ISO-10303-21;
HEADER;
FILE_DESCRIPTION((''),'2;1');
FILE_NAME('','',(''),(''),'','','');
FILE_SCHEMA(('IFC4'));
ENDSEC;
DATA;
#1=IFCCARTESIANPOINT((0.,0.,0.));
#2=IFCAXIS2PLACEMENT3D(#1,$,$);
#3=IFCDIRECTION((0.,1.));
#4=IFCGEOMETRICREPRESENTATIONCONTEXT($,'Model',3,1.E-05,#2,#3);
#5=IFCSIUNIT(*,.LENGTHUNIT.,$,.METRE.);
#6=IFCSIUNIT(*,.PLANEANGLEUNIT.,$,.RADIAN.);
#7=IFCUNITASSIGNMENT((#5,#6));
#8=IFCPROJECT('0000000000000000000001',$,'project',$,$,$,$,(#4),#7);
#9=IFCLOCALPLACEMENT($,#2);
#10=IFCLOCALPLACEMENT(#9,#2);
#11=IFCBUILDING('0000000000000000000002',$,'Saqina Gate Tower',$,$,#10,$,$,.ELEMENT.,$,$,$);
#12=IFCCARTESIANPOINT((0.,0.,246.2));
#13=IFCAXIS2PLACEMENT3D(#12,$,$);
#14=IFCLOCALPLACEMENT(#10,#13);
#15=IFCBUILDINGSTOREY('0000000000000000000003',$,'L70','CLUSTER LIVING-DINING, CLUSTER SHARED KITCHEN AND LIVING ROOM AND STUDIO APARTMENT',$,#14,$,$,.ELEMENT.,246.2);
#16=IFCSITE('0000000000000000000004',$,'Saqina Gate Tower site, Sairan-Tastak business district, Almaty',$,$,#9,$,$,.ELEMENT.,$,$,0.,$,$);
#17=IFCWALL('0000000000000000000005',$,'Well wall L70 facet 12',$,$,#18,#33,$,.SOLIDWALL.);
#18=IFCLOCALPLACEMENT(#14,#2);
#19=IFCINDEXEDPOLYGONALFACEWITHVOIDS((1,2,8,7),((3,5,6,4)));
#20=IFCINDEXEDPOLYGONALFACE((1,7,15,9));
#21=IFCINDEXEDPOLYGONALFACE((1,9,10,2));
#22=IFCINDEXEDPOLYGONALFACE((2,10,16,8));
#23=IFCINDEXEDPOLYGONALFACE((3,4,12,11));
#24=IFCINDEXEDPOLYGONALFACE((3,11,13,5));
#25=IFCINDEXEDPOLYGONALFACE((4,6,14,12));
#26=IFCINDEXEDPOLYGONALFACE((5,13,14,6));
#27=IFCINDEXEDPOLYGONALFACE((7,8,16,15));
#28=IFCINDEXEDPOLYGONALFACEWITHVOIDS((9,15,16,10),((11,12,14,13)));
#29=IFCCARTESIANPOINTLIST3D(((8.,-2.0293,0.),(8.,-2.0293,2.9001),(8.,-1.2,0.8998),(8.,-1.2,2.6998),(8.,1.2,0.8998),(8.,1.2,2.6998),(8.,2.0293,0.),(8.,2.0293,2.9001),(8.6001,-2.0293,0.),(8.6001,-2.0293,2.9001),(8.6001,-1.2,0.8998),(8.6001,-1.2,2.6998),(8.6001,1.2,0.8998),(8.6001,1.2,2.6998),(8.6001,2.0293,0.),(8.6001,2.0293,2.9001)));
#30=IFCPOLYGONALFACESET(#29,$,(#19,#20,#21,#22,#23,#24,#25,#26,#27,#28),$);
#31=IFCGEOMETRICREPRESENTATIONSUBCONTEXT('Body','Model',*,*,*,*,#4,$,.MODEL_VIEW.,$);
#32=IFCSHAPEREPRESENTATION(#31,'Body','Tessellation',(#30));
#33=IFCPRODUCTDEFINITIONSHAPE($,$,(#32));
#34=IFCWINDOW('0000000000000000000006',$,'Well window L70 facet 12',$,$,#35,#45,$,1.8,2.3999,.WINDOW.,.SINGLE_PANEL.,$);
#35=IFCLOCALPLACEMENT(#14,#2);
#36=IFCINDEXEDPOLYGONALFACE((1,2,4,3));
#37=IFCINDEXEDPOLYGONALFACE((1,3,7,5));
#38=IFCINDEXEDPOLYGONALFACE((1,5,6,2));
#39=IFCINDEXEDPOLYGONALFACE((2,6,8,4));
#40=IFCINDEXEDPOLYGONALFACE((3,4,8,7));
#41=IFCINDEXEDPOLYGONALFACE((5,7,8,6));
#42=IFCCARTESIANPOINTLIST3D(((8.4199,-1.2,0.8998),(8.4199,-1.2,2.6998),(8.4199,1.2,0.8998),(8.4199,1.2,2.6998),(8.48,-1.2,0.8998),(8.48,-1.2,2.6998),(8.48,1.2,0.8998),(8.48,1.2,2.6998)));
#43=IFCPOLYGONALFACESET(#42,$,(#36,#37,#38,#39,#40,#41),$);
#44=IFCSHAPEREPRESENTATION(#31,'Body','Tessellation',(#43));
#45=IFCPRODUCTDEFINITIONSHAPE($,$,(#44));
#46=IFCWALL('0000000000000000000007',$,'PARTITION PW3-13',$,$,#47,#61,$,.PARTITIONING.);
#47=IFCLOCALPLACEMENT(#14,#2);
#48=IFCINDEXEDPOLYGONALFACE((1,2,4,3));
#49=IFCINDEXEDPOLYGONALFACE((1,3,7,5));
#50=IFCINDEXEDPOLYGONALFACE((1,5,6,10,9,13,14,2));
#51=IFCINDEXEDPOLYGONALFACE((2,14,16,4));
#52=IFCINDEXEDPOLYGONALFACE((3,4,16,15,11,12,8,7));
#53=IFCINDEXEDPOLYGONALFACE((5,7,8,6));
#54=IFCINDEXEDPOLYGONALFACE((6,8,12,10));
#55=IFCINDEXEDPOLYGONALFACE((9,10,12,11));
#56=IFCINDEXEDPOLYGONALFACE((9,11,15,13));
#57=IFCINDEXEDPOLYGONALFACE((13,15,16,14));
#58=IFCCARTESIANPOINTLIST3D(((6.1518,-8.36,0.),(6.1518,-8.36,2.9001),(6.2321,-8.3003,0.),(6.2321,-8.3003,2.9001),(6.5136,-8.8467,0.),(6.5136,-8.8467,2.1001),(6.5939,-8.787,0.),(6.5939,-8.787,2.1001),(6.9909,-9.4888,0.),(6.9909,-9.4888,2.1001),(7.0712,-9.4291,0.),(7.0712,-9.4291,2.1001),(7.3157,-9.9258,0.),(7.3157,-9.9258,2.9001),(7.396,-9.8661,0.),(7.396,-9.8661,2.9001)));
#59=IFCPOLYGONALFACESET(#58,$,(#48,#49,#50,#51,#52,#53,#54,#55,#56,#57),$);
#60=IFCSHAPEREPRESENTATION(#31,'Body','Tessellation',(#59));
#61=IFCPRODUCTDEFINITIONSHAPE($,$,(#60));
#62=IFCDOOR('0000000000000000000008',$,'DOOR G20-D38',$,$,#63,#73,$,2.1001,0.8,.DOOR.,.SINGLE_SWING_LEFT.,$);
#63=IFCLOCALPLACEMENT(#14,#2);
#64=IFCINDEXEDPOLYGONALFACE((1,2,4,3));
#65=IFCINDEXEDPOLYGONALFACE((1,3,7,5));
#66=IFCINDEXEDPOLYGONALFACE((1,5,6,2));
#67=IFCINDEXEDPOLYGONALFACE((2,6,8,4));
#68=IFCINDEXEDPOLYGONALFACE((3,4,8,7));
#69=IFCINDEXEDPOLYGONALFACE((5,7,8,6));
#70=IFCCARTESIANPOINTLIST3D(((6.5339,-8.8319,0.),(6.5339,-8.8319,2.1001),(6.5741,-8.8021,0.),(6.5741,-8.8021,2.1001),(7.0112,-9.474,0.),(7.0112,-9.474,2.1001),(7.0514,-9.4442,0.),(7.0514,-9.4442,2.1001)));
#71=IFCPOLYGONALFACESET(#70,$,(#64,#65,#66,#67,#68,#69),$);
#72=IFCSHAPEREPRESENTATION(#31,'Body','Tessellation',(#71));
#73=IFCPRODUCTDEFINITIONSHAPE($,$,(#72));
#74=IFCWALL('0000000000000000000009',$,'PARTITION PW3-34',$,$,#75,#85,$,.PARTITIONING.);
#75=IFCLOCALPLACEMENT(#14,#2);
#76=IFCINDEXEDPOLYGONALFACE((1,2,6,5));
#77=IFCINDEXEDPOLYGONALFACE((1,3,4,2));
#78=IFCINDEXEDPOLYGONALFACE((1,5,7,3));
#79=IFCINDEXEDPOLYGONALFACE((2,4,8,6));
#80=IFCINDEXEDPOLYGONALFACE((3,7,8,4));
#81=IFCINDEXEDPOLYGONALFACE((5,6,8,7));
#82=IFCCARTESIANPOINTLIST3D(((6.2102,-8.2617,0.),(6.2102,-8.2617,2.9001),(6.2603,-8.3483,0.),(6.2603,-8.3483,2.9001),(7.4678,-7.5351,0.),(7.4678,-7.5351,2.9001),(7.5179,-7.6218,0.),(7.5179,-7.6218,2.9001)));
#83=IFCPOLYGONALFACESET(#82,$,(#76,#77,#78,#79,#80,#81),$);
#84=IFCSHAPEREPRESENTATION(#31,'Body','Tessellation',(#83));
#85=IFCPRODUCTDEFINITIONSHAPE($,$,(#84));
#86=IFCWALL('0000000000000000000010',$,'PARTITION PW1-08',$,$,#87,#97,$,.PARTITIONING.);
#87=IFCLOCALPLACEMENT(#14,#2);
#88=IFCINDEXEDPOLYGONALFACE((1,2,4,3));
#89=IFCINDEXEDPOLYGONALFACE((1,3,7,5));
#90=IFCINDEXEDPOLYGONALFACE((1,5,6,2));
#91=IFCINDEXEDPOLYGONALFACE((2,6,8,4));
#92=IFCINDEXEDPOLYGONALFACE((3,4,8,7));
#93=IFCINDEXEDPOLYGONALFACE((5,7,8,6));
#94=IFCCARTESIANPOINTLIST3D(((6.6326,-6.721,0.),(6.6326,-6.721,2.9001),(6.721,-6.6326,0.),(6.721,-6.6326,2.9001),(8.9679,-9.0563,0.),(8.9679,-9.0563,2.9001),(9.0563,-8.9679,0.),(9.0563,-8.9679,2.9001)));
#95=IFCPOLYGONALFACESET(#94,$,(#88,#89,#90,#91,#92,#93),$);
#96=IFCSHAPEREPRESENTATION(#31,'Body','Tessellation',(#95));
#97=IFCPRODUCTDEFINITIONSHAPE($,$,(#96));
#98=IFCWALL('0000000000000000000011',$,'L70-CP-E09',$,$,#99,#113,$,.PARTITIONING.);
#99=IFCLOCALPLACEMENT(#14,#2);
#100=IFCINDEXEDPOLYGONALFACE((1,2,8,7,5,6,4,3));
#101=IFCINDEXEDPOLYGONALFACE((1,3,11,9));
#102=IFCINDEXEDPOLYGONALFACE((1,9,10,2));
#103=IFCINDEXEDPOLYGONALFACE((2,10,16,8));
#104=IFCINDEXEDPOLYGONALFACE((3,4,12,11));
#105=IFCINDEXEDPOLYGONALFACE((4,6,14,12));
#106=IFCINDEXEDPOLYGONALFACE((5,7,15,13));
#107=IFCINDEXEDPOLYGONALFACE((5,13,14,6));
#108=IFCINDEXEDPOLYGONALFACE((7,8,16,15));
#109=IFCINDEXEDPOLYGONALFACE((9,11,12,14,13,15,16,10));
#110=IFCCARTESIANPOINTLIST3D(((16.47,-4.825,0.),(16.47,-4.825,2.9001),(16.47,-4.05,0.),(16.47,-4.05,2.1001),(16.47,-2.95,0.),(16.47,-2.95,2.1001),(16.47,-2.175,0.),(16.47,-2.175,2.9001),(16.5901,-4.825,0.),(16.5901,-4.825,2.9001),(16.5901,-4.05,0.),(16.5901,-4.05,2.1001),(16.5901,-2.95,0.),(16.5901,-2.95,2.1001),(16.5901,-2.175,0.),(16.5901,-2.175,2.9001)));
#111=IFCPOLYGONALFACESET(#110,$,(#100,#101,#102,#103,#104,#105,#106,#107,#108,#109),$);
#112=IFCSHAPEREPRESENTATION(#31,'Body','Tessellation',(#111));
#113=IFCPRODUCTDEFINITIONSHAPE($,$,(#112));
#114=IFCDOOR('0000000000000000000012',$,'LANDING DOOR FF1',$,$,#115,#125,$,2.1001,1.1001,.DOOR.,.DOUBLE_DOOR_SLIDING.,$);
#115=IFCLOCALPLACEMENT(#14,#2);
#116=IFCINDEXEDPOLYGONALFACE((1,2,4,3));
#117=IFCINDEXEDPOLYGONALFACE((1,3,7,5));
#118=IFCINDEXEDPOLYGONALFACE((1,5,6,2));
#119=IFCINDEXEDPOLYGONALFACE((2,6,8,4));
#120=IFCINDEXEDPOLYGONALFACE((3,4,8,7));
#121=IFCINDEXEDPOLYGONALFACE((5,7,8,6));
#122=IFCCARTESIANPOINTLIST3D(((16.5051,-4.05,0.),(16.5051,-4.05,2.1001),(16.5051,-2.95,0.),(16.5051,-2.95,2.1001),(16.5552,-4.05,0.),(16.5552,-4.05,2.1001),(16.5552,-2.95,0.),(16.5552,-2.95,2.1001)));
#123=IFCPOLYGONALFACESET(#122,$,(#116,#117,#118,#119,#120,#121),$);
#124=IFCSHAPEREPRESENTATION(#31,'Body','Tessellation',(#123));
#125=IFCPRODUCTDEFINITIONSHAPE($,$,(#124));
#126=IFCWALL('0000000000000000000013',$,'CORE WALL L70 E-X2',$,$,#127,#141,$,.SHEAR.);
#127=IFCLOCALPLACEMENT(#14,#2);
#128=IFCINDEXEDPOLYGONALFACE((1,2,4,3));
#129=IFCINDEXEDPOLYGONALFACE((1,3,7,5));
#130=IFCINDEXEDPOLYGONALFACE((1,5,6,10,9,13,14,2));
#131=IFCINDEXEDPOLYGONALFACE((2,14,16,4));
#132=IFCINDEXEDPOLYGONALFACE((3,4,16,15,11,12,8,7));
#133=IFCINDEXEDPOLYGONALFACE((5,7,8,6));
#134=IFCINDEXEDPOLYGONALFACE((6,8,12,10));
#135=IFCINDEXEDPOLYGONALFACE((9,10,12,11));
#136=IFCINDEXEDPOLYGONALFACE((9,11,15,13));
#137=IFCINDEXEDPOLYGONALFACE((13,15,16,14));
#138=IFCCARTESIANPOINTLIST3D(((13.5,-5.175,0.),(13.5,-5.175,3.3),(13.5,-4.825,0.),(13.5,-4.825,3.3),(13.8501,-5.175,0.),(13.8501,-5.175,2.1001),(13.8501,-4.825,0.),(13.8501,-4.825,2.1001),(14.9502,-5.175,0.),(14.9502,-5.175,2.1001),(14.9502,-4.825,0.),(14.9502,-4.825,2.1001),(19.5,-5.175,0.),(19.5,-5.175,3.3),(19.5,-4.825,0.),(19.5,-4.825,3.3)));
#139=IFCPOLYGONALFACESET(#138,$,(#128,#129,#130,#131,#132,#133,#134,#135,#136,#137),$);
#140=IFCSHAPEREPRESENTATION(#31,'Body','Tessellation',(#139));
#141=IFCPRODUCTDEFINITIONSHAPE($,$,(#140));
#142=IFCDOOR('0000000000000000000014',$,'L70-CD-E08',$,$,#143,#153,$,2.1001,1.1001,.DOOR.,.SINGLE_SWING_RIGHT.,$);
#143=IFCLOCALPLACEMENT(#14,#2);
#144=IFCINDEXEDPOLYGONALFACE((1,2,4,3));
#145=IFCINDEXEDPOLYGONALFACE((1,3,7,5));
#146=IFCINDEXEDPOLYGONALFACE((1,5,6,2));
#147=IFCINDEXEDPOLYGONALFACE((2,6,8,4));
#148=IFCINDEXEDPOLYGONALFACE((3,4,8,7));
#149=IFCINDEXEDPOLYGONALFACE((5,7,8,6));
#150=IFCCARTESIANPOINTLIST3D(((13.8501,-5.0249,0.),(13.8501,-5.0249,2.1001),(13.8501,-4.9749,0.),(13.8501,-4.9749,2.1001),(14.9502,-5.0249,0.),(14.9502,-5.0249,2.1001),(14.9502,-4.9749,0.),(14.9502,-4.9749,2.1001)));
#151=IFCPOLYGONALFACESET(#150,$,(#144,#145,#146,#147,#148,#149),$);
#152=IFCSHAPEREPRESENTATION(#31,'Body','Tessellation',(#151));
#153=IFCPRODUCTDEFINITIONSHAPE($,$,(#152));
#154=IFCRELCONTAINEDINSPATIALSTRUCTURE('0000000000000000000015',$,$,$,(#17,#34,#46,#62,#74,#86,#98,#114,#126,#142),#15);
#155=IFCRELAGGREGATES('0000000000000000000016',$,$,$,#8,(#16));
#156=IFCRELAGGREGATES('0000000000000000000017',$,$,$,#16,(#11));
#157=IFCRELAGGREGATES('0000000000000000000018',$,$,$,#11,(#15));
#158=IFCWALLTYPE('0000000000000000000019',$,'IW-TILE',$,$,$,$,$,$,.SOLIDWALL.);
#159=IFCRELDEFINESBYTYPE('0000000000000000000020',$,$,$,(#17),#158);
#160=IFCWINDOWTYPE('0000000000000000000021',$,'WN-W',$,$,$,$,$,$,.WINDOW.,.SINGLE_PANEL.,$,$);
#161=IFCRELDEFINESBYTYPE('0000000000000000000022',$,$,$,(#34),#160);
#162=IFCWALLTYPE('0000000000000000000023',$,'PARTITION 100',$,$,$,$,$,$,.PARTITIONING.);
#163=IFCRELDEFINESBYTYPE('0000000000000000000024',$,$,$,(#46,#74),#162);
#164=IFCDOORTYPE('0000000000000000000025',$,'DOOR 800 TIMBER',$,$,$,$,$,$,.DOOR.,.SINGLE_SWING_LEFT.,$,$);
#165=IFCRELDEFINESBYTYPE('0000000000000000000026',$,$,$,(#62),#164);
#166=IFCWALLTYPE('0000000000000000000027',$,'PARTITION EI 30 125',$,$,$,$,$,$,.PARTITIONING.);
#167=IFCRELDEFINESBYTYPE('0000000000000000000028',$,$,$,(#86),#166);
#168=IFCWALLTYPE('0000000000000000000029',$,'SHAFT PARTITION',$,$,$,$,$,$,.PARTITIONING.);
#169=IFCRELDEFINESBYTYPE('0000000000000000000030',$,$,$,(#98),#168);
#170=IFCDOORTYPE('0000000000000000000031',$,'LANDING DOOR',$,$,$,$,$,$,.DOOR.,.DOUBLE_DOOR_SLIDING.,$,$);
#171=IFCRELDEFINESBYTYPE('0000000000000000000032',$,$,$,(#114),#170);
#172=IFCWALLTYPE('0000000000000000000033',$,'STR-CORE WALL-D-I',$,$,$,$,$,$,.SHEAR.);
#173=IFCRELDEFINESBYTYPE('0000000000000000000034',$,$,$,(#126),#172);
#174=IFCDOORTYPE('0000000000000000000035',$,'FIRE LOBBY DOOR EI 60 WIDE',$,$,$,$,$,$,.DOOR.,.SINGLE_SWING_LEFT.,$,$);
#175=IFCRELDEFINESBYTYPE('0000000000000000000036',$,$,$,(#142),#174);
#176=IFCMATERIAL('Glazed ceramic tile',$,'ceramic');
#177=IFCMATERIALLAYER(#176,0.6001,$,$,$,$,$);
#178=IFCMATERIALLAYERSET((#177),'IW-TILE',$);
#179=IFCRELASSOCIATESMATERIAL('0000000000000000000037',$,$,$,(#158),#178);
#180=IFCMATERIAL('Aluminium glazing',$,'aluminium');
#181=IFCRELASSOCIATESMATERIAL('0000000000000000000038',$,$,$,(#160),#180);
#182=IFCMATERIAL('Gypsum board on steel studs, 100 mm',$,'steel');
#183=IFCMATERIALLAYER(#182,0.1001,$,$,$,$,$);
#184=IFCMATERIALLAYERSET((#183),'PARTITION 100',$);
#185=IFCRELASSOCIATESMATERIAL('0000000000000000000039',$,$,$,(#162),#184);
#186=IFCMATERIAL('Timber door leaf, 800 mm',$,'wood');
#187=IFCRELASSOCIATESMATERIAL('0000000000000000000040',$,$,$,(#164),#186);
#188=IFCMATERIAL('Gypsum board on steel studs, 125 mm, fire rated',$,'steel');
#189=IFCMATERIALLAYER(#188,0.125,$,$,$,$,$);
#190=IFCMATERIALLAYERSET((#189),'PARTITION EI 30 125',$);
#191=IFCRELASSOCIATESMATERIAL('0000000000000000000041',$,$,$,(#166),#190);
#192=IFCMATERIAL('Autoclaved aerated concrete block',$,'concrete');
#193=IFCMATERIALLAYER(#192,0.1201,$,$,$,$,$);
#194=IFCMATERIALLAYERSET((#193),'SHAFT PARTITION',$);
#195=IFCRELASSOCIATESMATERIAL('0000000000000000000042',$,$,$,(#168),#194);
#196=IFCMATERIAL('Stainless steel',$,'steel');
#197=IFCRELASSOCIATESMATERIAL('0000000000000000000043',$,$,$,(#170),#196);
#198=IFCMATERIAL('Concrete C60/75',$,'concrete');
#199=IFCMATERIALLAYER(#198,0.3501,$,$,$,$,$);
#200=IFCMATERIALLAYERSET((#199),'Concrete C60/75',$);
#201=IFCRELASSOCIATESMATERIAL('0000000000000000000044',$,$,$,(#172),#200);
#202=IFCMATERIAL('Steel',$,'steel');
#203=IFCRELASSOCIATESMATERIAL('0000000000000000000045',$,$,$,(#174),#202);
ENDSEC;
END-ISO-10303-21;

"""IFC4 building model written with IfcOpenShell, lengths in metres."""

from ifc_helpers import new_model, si_unit, direction, frame, frame_2d, origin, place, context, subcontext, project, spatial, rectangle, extrude, material, layer, layer_set, type_object, element, fill, save


model = new_model("IFC4")

# Units and contexts
model_context = context("Model", 3, precision=1e-05, world=origin(), true_north=direction((0.0, 1.0)))
body_context = subcontext(model_context, "Body", "Model", "MODEL_VIEW")
ifc_project = project(units=[si_unit("LENGTHUNIT", "METRE"), si_unit("PLANEANGLEUNIT", "RADIAN")], contexts=[model_context])

# Site, building, storey
site_placement = place(None, origin())
site = spatial("IfcSite", under=ifc_project, at=site_placement, Name="Saqina Gate Tower site, Sairan-Tastak business district, Almaty", CompositionType="ELEMENT", RefElevation=0.0)
building_placement = place(site_placement, origin())
building = spatial("IfcBuilding", under=site, at=building_placement, Name="Saqina Gate Tower", CompositionType="ELEMENT")
storey_placement = place(building_placement, frame((0.0, 0.0, 246.2)))
storey = spatial("IfcBuildingStorey", under=building, at=storey_placement, Name="L70", Description="CLUSTER LIVING-DINING, CLUSTER SHARED KITCHEN AND LIVING ROOM AND STUDIO APARTMENT", CompositionType="ELEMENT", Elevation=246.2)

# Wall, opening, window
ifc_material_1 = material(Name="Glazed ceramic tile", Category="ceramic")
ifc_layer_1 = layer(ifc_material_1, 0.6001)
ifc_layer_set_1 = layer_set([ifc_layer_1], Name="IW-TILE")
wall_type_1 = type_object("IfcWallType", Name="IW-TILE", PredefinedType="SOLIDWALL", material=ifc_layer_set_1)
ifc_material_2 = material(Name="Aluminium glazing", Category="aluminium")
window_type = type_object("IfcWindowType", Name="WN-W", PartitioningType="SINGLE_PANEL", PredefinedType="WINDOW", material=ifc_material_2)
wall_1_placement = place(storey_placement, frame((8.3, -2.0293, 0.0), z_axis=(0.0, 0.0, 1.0), x_axis=(0.0, 1.0, 0.0)))
wall_1 = element("IfcWall", 1, at=wall_1_placement, inside=storey, type_object=wall_type_1, Name="Well wall L70 facet 12", PredefinedType="SOLIDWALL", context=body_context, shape_type="SweptSolid", body=[
    extrude(rectangle(XDim=4.0586, YDim=0.6001, at=frame_2d((2.0293, 0.0))), origin(), (0.0, 0.0, 1.0), 2.9001),
])
opening_1_placement = place(wall_1_placement, frame((0.8293, 0.0, 0.8999)))
opening_1 = element("IfcOpeningElement", 2, at=opening_1_placement, cuts=wall_1, PredefinedType="OPENING", context=body_context, shape_type="SweptSolid", body=[
    extrude(rectangle(XDim=2.3999, YDim=1.8, at=frame_2d((1.2, 0.8999))), frame((0.0, 0.312, 0.0), z_axis=(0.0, -1.0, 0.0), x_axis=(1.0, 0.0, 0.0)), (0.0, 0.0, 1.0), 0.624),
])
window_1_placement = place(opening_1_placement, origin())
window_1 = element("IfcWindow", 3, at=window_1_placement, inside=storey, type_object=window_type, Name="Well window L70 facet 12", OverallHeight=1.8, OverallWidth=2.3999, PartitioningType="SINGLE_PANEL", PredefinedType="WINDOW", context=body_context, shape_type="SweptSolid", body=[
    extrude(rectangle(XDim=2.3999, YDim=1.8, at=frame_2d((1.2, 0.8999))), frame((0.0, -0.1199, 0.0), z_axis=(0.0, -1.0, 0.0), x_axis=(1.0, 0.0, 0.0)), (0.0, 0.0, 1.0), 0.0601),
])
fill(opening_1, window_1)

# Wall, opening, door
ifc_material_3 = material(Name="Gypsum board on steel studs, 100 mm", Category="steel")
ifc_layer_2 = layer(ifc_material_3, 0.1001)
ifc_layer_set_2 = layer_set([ifc_layer_2], Name="PARTITION 100")
wall_type_2 = type_object("IfcWallType", Name="PARTITION 100", PredefinedType="PARTITIONING", material=ifc_layer_set_2)
wall_2_placement = place(storey_placement, frame((6.1919, -8.3301, 0.0), z_axis=(0.0, 0.0, 1.0), x_axis=(0.596571, -0.802561, 0.0)))
wall_2 = element("IfcWall", 4, at=wall_2_placement, inside=storey, type_object=wall_type_2, Name="PARTITION PW3-13", PredefinedType="PARTITIONING", context=body_context, shape_type="SweptSolid", body=[
    extrude(rectangle(XDim=1.9509, YDim=0.1001, at=frame_2d((0.9756, 0.0))), origin(), (0.0, 0.0, 1.0), 2.9001),
])
opening_2_placement = place(wall_2_placement, frame((0.6067, 0.0, 0.0)))
opening_2 = element("IfcOpeningElement", 5, at=opening_2_placement, cuts=wall_2, PredefinedType="OPENING", context=body_context, shape_type="SweptSolid", body=[
    extrude(rectangle(XDim=0.8, YDim=2.1001, at=frame_2d((0.3999, 1.05))), frame((0.0, 0.062, 0.0), z_axis=(0.0, -1.0, 0.0), x_axis=(1.0, 0.0, 0.0)), (0.0, 0.0, 1.0), 0.124),
])
ifc_material_4 = material(Name="Timber door leaf, 800 mm", Category="wood")
door_type_1 = type_object("IfcDoorType", Name="DOOR 800 TIMBER", OperationType="SINGLE_SWING_LEFT", PredefinedType="DOOR", material=ifc_material_4)
door_1_placement = place(opening_2_placement, frame((0.8, 0.0, 0.0), z_axis=(0.0, 0.0, 1.0), x_axis=(-1.0, 0.0, 0.0)))
door_1 = element("IfcDoor", 6, at=door_1_placement, inside=storey, type_object=door_type_1, Name="DOOR G20-D38", OperationType="SINGLE_SWING_LEFT", OverallHeight=2.1001, OverallWidth=0.8, PredefinedType="DOOR", context=body_context, shape_type="SweptSolid", body=[
    extrude(rectangle(XDim=0.8, YDim=2.1001, at=frame_2d((0.3999, 1.05))), frame((0.0, 0.0249, 0.0), z_axis=(0.0, -1.0, 0.0), x_axis=(1.0, 0.0, 0.0)), (0.0, 0.0, 1.0), 0.05),
])
fill(opening_2, door_1)

# Walls
wall_3_placement = place(storey_placement, frame((6.2354, -8.3049, 0.0), z_axis=(0.0, 0.0, 1.0), x_axis=(0.865875, 0.500261, 0.0)))
element("IfcWall", 7, at=wall_3_placement, inside=storey, type_object=wall_type_2, Name="PARTITION PW3-34", PredefinedType="PARTITIONING", context=body_context, shape_type="SweptSolid", body=[
    extrude(rectangle(XDim=1.4524, YDim=0.1001, at=frame_2d((0.7261, 0.0))), origin(), (0.0, 0.0, 1.0), 2.9001),
])
ifc_material_5 = material(Name="Gypsum board on steel studs, 125 mm, fire rated", Category="steel")
ifc_layer_3 = layer(ifc_material_5, 0.125)
ifc_layer_set_3 = layer_set([ifc_layer_3], Name="PARTITION EI 30 125")
wall_type_3 = type_object("IfcWallType", Name="PARTITION EI 30 125", PredefinedType="PARTITIONING", material=ifc_layer_set_3)
wall_4_placement = place(storey_placement, frame((6.6768, -6.6768, 0.0), z_axis=(0.0, 0.0, 1.0), x_axis=(0.707107, -0.707107, 0.0)))
element("IfcWall", 8, at=wall_4_placement, inside=storey, type_object=wall_type_3, Name="PARTITION PW1-08", PredefinedType="PARTITIONING", context=body_context, shape_type="SweptSolid", body=[
    extrude(rectangle(XDim=3.3025, YDim=0.125, at=frame_2d((1.6514, 0.0))), origin(), (0.0, 0.0, 1.0), 2.9001),
])

# Walls, openings, doors
ifc_material_6 = material(Name="Autoclaved aerated concrete block", Category="concrete")
ifc_layer_4 = layer(ifc_material_6, 0.1201)
ifc_layer_set_4 = layer_set([ifc_layer_4], Name="SHAFT PARTITION")
wall_type_4 = type_object("IfcWallType", Name="SHAFT PARTITION", PredefinedType="PARTITIONING", material=ifc_layer_set_4)
wall_5_placement = place(storey_placement, frame((16.53, -4.825, 0.0), z_axis=(0.0, 0.0, 1.0), x_axis=(0.0, 1.0, 0.0)))
wall_5 = element("IfcWall", 9, at=wall_5_placement, inside=storey, type_object=wall_type_4, Name="L70-CP-E09", PredefinedType="PARTITIONING", context=body_context, shape_type="SweptSolid", body=[
    extrude(rectangle(XDim=2.6499, YDim=0.1201, at=frame_2d((1.325, 0.0))), origin(), (0.0, 0.0, 1.0), 2.9001),
])
opening_3_placement = place(wall_5_placement, frame((0.7749, 0.0, 0.0)))
opening_3 = element("IfcOpeningElement", 10, at=opening_3_placement, cuts=wall_5, PredefinedType="OPENING", context=body_context, shape_type="SweptSolid", body=[
    extrude(rectangle(XDim=1.1001, YDim=2.1001, at=frame_2d((0.55, 1.05))), frame((0.0, 0.072, 0.0), z_axis=(0.0, -1.0, 0.0), x_axis=(1.0, 0.0, 0.0)), (0.0, 0.0, 1.0), 0.144),
])
ifc_material_7 = material(Name="Stainless steel", Category="steel")
door_type_2 = type_object("IfcDoorType", Name="LANDING DOOR", OperationType="DOUBLE_DOOR_SLIDING", PredefinedType="DOOR", material=ifc_material_7)
door_2_placement = place(opening_3_placement, origin())
door_2 = element("IfcDoor", 11, at=door_2_placement, inside=storey, type_object=door_type_2, Name="LANDING DOOR FF1", OperationType="DOUBLE_DOOR_SLIDING", OverallHeight=2.1001, OverallWidth=1.1001, PredefinedType="DOOR", context=body_context, shape_type="SweptSolid", body=[
    extrude(rectangle(XDim=1.1001, YDim=2.1001, at=frame_2d((0.55, 1.05))), frame((0.0, 0.0249, 0.0), z_axis=(0.0, -1.0, 0.0), x_axis=(1.0, 0.0, 0.0)), (0.0, 0.0, 1.0), 0.05),
])
fill(opening_3, door_2)
ifc_material_8 = material(Name="Concrete C60/75", Category="concrete")
ifc_layer_5 = layer(ifc_material_8, 0.3501)
ifc_layer_set_5 = layer_set([ifc_layer_5], Name="Concrete C60/75")
wall_type_5 = type_object("IfcWallType", Name="STR-CORE WALL-D-I", PredefinedType="SHEAR", material=ifc_layer_set_5)
wall_6_placement = place(storey_placement, frame((13.5, -5.0, 0.0), z_axis=(0.0, 0.0, 1.0), x_axis=(1.0, 0.0, 0.0)))
wall_6 = element("IfcWall", 12, at=wall_6_placement, inside=storey, type_object=wall_type_5, Name="CORE WALL L70 E-X2", PredefinedType="SHEAR", context=body_context, shape_type="SweptSolid", body=[
    extrude(rectangle(XDim=6.0, YDim=0.3501, at=frame_2d((3.0, 0.0))), origin(), (0.0, 0.0, 1.0), 3.3),
])
opening_4_placement = place(wall_6_placement, frame((0.3501, 0.0, 0.0)))
opening_4 = element("IfcOpeningElement", 13, at=opening_4_placement, cuts=wall_6, PredefinedType="OPENING", context=body_context, shape_type="SweptSolid", body=[
    extrude(rectangle(XDim=1.1001, YDim=2.1001, at=frame_2d((0.55, 1.05))), frame((0.0, 0.187, 0.0), z_axis=(0.0, -1.0, 0.0), x_axis=(1.0, 0.0, 0.0)), (0.0, 0.0, 1.0), 0.374),
])
ifc_material_9 = material(Name="Steel", Category="steel")
door_type_3 = type_object("IfcDoorType", Name="FIRE LOBBY DOOR EI 60 WIDE", OperationType="SINGLE_SWING_LEFT", PredefinedType="DOOR", material=ifc_material_9)
door_3_placement = place(opening_4_placement, frame((1.1001, 0.0, 0.0), z_axis=(0.0, 0.0, 1.0), x_axis=(-1.0, 0.0, 0.0)))
door_3 = element("IfcDoor", 14, at=door_3_placement, inside=storey, type_object=door_type_3, Name="L70-CD-E08", OperationType="SINGLE_SWING_RIGHT", OverallHeight=2.1001, OverallWidth=1.1001, PredefinedType="DOOR", context=body_context, shape_type="SweptSolid", body=[
    extrude(rectangle(XDim=1.1001, YDim=2.1001, at=frame_2d((0.55, 1.05))), frame((0.0, 0.0249, 0.0), z_axis=(0.0, -1.0, 0.0), x_axis=(1.0, 0.0, 0.0)), (0.0, 0.0, 1.0), 0.05),
])
fill(opening_4, door_3)

save(model, "model.ifc")
